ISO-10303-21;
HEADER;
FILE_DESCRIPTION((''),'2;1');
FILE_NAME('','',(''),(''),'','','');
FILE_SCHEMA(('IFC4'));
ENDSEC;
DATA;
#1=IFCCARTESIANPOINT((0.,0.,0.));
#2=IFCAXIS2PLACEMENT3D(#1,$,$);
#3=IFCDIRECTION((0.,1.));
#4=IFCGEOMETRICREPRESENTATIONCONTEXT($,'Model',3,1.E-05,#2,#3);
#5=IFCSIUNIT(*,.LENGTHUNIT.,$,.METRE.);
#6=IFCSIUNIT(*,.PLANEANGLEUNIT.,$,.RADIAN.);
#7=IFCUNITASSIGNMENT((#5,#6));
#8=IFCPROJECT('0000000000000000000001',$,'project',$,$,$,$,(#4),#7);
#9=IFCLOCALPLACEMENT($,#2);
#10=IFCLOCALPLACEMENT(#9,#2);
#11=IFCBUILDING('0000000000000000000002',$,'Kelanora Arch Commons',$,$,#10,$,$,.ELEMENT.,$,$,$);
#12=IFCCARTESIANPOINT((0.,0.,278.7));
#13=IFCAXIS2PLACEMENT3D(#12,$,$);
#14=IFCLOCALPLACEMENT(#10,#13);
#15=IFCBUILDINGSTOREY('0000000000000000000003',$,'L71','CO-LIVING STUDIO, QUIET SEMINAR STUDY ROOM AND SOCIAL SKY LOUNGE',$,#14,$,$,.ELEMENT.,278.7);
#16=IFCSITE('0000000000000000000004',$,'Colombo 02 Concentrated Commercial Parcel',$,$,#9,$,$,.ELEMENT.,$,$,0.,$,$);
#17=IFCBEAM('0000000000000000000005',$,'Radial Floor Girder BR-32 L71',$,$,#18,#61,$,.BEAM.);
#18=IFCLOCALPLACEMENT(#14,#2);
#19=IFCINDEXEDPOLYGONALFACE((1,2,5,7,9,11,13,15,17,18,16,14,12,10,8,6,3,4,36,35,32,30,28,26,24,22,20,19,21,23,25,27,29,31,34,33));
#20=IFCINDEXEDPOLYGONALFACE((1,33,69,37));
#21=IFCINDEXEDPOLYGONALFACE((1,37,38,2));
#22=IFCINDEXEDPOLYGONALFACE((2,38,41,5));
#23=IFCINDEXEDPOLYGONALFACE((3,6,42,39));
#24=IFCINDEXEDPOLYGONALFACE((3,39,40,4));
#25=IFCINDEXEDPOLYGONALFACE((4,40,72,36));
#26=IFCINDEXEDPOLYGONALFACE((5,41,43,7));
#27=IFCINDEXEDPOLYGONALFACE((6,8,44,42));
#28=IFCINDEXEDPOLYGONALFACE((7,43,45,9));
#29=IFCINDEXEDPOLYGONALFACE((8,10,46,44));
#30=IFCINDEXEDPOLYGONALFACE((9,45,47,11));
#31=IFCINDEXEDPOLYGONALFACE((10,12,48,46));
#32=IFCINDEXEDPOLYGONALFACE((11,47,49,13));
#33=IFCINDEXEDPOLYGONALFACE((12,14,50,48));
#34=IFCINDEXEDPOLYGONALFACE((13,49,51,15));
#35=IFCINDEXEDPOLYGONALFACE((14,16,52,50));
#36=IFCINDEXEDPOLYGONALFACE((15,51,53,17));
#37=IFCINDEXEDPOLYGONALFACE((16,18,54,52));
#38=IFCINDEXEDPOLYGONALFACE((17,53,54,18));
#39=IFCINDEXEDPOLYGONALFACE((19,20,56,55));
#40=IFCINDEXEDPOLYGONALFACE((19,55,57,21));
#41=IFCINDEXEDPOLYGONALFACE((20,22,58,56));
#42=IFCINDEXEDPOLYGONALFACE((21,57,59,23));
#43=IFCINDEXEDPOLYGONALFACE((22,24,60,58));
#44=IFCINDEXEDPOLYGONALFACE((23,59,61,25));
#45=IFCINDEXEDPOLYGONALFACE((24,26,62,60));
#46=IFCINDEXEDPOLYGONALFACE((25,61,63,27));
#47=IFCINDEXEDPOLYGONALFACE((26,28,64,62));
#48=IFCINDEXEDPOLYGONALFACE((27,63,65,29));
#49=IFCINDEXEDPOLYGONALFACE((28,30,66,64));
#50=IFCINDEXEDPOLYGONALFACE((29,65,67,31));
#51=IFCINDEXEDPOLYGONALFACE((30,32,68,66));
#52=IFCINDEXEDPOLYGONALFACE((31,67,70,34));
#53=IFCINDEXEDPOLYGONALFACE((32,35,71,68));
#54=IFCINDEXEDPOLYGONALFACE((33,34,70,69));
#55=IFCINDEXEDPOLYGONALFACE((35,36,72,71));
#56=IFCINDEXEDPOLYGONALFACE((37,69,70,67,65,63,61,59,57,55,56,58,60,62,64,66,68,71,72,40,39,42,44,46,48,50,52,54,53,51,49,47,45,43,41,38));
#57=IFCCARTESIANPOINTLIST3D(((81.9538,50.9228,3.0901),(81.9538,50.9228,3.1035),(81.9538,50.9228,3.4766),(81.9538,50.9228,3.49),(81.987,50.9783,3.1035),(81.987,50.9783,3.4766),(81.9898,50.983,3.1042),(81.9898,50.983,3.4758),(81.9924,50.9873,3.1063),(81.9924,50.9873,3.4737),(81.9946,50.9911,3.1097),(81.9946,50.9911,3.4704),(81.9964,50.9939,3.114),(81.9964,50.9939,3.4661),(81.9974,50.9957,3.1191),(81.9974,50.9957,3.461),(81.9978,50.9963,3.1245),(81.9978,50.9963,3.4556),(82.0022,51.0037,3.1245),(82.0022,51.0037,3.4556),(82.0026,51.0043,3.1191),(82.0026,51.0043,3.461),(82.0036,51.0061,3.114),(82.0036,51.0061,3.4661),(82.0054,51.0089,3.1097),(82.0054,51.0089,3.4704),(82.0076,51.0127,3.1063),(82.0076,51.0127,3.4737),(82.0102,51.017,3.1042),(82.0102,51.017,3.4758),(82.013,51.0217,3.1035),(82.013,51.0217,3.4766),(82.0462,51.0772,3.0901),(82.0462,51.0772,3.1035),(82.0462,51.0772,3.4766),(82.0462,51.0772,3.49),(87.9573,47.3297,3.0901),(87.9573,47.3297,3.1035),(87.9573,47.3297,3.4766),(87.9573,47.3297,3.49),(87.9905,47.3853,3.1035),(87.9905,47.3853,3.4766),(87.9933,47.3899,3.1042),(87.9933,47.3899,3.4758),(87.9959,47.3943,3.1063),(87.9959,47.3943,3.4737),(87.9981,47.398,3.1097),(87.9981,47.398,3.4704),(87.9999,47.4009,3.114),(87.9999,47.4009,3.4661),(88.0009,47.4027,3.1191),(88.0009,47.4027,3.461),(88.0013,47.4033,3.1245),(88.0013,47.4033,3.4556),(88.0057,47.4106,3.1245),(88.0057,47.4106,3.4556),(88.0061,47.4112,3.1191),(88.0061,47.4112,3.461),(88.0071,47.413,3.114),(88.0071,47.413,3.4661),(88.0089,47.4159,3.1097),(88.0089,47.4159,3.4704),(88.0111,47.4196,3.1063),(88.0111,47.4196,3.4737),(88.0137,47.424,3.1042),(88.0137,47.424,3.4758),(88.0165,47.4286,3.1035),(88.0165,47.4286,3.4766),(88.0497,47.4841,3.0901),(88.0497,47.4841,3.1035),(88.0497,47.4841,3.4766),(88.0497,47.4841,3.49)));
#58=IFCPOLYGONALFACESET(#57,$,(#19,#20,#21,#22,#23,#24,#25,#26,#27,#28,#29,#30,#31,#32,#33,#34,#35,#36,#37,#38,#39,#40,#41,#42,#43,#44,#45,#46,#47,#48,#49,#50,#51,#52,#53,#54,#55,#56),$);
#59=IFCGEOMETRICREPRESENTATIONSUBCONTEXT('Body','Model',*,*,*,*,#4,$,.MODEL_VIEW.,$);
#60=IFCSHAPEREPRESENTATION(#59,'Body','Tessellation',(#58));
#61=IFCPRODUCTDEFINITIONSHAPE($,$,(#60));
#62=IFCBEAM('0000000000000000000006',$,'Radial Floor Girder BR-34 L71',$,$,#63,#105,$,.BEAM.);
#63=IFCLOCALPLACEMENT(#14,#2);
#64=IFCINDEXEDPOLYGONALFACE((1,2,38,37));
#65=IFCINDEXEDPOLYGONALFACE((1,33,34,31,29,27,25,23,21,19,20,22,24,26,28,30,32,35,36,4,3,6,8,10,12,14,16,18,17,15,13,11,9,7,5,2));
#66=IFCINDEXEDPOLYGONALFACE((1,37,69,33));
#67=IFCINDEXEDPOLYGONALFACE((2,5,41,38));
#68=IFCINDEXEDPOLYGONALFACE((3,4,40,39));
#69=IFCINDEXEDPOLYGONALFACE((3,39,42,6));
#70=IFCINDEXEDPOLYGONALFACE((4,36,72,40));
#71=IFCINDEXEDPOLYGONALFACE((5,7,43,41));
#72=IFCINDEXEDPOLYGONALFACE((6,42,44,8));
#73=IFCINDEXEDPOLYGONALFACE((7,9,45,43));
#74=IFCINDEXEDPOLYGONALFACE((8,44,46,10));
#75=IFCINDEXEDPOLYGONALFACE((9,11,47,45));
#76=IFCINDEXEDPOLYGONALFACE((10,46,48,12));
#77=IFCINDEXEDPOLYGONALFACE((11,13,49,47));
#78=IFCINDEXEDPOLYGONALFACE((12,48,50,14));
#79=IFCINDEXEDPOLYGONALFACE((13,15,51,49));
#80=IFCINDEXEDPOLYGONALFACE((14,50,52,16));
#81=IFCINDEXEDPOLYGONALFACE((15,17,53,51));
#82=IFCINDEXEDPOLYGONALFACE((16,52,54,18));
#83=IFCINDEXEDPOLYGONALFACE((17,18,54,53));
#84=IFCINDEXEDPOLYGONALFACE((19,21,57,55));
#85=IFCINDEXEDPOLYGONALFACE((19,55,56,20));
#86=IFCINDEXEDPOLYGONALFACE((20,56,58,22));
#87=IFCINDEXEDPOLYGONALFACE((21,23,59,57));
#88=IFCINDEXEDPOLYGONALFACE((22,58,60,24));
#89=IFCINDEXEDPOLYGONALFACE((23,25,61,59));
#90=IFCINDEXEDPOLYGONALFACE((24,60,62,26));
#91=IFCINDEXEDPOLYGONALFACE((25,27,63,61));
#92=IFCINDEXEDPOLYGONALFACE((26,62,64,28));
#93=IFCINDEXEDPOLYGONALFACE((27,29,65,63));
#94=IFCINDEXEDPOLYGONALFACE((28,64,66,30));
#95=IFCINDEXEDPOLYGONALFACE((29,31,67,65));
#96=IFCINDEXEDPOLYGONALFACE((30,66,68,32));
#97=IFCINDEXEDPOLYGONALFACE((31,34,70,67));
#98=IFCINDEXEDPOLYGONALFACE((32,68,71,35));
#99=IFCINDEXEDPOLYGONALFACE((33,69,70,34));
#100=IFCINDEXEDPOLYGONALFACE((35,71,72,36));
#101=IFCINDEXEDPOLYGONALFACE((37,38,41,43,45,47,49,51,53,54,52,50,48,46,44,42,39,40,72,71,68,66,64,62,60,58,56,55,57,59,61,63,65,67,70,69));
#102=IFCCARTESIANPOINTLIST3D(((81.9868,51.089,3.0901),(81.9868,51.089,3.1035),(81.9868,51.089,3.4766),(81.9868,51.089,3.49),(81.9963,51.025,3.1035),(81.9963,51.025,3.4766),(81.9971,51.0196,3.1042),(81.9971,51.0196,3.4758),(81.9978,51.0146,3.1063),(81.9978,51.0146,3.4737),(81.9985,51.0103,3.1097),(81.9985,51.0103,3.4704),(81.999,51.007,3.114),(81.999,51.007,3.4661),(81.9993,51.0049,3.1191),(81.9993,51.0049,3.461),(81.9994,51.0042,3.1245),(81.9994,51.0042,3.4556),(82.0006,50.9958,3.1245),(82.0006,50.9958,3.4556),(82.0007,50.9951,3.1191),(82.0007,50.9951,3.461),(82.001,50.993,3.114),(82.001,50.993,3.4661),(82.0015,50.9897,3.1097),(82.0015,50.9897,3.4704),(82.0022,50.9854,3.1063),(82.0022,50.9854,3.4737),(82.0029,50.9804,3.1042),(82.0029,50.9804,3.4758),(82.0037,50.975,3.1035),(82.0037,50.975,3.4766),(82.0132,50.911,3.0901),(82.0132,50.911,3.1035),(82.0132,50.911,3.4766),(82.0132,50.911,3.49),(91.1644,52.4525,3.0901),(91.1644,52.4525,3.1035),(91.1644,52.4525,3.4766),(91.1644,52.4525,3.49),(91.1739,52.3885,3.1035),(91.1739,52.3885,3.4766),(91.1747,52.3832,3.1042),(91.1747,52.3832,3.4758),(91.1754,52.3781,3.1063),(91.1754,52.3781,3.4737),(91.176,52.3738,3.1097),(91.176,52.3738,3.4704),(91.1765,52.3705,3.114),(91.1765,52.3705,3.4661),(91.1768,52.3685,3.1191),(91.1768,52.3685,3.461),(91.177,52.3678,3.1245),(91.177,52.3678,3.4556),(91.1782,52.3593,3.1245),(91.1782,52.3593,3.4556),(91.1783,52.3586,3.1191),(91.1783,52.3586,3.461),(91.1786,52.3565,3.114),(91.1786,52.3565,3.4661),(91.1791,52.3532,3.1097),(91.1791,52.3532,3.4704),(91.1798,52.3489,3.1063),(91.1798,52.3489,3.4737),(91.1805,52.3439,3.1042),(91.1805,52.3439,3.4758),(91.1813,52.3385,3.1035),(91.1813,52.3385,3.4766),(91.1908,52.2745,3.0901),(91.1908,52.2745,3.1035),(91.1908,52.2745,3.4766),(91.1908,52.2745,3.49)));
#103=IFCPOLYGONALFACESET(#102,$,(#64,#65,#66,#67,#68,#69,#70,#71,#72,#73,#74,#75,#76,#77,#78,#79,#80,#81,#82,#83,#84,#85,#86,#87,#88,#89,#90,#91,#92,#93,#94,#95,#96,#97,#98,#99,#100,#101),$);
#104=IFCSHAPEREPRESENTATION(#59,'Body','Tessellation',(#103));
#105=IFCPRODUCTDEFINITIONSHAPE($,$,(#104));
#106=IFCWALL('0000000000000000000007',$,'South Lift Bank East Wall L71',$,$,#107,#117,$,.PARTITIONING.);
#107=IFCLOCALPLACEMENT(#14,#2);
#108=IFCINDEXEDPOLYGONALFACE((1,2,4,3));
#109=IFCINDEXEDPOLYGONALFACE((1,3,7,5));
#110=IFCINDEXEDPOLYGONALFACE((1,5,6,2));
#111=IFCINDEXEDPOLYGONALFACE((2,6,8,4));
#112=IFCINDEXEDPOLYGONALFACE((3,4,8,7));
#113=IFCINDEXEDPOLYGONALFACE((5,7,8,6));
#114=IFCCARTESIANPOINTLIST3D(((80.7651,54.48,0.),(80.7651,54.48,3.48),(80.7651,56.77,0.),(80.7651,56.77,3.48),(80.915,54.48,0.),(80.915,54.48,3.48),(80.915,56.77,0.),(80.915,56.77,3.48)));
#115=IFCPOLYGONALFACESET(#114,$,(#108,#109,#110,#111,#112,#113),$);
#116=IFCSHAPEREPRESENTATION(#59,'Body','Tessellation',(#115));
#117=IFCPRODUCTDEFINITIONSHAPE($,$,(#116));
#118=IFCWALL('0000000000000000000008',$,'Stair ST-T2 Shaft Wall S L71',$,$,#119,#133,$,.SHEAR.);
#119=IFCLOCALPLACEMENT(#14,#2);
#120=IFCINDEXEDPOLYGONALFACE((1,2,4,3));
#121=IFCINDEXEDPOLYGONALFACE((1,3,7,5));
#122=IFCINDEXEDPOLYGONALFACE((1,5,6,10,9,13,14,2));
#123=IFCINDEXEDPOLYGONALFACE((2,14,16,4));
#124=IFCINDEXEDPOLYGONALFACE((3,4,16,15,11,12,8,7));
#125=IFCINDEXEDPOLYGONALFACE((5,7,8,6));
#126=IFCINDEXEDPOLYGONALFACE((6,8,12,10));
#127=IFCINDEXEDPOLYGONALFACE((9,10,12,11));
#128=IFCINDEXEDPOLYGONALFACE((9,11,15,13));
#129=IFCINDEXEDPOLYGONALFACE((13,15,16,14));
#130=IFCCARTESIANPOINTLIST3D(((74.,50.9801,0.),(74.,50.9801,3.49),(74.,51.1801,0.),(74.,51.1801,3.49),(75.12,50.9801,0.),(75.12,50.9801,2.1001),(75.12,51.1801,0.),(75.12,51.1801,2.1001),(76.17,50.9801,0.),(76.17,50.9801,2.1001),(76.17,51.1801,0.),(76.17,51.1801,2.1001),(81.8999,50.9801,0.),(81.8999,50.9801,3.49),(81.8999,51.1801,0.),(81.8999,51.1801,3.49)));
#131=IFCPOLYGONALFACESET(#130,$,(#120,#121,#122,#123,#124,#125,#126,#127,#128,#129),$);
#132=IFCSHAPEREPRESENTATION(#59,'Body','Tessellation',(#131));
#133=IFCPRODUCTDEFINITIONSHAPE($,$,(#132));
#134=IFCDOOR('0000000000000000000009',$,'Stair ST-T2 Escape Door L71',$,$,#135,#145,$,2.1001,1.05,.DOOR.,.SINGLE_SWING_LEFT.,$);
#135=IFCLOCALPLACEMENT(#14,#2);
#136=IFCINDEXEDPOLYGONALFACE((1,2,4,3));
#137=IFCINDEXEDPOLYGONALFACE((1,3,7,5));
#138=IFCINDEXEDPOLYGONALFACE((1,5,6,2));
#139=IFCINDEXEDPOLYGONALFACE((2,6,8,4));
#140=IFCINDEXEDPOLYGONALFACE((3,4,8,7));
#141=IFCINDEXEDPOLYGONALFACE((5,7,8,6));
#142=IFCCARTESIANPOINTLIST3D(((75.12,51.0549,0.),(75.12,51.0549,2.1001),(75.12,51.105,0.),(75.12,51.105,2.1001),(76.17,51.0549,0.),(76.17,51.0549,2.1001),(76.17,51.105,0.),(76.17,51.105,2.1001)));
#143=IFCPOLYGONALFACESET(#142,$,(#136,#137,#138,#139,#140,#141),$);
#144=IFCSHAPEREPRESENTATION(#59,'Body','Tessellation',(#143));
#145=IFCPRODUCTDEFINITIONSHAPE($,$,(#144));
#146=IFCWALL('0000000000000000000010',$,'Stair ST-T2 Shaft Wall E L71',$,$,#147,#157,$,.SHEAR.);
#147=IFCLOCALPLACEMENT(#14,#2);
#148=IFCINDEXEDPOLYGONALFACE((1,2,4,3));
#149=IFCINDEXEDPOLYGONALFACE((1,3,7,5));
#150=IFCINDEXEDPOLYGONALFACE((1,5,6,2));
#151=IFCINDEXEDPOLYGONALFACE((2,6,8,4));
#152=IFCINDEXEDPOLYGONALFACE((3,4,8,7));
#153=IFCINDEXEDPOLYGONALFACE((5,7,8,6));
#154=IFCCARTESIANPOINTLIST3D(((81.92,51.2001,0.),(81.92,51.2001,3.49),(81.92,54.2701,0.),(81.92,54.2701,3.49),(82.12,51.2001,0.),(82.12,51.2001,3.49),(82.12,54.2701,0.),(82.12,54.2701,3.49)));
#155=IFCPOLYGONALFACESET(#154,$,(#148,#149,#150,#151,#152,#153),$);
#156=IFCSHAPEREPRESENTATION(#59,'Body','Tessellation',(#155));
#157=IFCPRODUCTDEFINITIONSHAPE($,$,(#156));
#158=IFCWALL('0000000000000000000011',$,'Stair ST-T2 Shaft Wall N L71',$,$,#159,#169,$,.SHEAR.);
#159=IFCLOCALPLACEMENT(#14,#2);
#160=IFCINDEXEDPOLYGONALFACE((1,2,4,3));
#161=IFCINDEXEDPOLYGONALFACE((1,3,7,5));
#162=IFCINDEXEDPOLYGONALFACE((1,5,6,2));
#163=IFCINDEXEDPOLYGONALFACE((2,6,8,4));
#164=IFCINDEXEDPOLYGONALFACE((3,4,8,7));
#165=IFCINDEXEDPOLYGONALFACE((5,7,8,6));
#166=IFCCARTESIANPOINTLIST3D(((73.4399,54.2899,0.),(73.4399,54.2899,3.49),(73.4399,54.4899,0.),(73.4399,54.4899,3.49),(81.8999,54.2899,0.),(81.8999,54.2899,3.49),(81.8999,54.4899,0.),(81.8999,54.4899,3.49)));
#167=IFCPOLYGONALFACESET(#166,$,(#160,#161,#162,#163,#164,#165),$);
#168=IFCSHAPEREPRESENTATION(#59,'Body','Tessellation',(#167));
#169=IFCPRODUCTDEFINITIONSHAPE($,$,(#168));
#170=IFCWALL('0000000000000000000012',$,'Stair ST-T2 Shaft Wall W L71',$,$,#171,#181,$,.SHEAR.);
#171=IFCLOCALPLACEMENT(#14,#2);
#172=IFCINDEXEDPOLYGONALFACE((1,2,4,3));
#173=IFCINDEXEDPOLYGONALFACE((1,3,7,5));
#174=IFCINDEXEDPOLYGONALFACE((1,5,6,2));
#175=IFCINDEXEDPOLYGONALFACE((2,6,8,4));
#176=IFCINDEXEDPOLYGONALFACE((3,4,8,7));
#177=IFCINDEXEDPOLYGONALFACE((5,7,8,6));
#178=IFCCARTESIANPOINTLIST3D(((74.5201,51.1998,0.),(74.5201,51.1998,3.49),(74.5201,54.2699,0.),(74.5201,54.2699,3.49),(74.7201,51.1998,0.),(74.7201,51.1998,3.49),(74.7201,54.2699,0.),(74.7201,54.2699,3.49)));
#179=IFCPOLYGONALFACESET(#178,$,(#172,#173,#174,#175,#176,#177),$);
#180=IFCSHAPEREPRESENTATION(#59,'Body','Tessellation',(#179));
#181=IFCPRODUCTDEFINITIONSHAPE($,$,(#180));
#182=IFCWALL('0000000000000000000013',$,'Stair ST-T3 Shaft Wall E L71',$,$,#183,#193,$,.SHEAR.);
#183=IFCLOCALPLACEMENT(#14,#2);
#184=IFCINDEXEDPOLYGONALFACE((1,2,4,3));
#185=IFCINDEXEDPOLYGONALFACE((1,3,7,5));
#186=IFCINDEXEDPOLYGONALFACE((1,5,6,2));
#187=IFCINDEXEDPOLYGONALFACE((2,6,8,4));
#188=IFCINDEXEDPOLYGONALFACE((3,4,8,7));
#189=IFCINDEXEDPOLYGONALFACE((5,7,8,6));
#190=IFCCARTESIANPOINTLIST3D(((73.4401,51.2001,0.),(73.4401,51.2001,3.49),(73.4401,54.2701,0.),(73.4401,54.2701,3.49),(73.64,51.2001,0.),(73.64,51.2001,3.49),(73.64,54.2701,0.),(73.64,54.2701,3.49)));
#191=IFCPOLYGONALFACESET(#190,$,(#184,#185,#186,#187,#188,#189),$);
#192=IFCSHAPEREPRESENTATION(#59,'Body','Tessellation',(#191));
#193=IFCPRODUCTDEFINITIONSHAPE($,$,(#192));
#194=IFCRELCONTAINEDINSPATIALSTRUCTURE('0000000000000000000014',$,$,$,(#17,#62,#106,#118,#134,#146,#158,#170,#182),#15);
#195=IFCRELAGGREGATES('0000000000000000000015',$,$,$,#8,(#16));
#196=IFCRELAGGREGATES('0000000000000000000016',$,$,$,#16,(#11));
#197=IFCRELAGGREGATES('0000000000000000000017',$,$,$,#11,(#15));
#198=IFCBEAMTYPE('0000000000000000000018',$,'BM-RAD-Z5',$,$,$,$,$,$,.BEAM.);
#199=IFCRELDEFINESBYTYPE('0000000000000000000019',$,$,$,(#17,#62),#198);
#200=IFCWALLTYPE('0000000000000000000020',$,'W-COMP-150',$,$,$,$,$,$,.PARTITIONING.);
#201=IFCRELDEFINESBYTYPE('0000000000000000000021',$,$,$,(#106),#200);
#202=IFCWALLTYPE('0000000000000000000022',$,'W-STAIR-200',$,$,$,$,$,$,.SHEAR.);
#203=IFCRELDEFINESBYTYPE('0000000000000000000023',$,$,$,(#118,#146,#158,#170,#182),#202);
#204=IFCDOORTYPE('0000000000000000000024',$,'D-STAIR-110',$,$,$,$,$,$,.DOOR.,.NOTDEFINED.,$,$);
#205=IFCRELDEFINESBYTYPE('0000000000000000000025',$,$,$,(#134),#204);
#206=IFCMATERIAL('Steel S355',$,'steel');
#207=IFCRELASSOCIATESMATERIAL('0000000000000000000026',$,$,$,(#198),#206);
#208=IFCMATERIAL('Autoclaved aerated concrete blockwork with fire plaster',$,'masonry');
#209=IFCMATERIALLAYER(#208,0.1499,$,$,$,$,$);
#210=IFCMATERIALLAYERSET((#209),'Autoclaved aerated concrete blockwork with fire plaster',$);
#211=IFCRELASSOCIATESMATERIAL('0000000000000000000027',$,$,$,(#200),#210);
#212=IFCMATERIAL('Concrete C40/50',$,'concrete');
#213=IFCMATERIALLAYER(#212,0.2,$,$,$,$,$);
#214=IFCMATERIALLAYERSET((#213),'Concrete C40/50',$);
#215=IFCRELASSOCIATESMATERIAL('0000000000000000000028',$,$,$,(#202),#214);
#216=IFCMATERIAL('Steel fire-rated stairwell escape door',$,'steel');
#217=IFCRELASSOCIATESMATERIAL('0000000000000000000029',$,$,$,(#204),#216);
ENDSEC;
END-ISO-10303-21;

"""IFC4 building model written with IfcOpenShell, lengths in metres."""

from ifc_helpers import new_model, si_unit, direction, frame, frame_2d, origin, origin_2d, place, context, subcontext, project, spatial, rectangle, i_section, extrude, material, layer, layer_set, material_profile, profile_set, type_object, element, fill, save


model = new_model("IFC4")

# Units and contexts
model_context = context("Model", 3, precision=1e-05, world=origin(), true_north=direction((0.0, 1.0)))
body_context = subcontext(model_context, "Body", "Model", "MODEL_VIEW")
ifc_project = project(units=[si_unit("LENGTHUNIT", "METRE"), si_unit("PLANEANGLEUNIT", "RADIAN")], contexts=[model_context])

# Site, building, storey
site_placement = place(None, origin())
site = spatial("IfcSite", under=ifc_project, at=site_placement, Name="Colombo 02 Concentrated Commercial Parcel", CompositionType="ELEMENT", RefElevation=0.0)
building_placement = place(site_placement, origin())
building = spatial("IfcBuilding", under=site, at=building_placement, Name="Kelanora Arch Commons", CompositionType="ELEMENT")
storey_placement = place(building_placement, frame((0.0, 0.0, 278.7)))
storey = spatial("IfcBuildingStorey", under=building, at=storey_placement, Name="L71", Description="CO-LIVING STUDIO, QUIET SEMINAR STUDY ROOM AND SOCIAL SKY LOUNGE", CompositionType="ELEMENT", Elevation=278.7)

# Beams
ifc_material_1 = material(Name="Steel S355", Category="steel")
ifc_material_profile_1 = material_profile(ifc_material_1, i_section(OverallWidth=0.1799, OverallDepth=0.3999, WebThickness=0.0085, FlangeThickness=0.0134, FilletRadius=0.021, at=origin_2d()), Name="IPE400")
ifc_profile_set_1 = profile_set([ifc_material_profile_1], Name="Steel S355")
beam_type_1 = type_object("IfcBeamType", Name="BM-RAD-Z5", PredefinedType="BEAM", material=ifc_profile_set_1)
beam_1_placement = place(storey_placement, frame((82.0, 51.0, 3.29), z_axis=(0.858062, -0.513546, 0.0), x_axis=(0.513546, 0.858062, 0.0)))
element("IfcBeam", 1, at=beam_1_placement, inside=storey, type_object=beam_type_1, Name="Radial Floor Girder BR-32 L71", PredefinedType="BEAM", context=body_context, shape_type="SweptSolid", body=[
    extrude(i_section(OverallWidth=0.1799, OverallDepth=0.3999, WebThickness=0.0085, FlangeThickness=0.0134, FilletRadius=0.021, at=origin_2d()), origin(), (0.0, 0.0, 1.0), 6.9966),
])
beam_2_placement = place(storey_placement, frame((82.0, 51.0, 3.29), z_axis=(0.989142, 0.14696, 0.0), x_axis=(-0.14696, 0.989142, 0.0)))
element("IfcBeam", 2, at=beam_2_placement, inside=storey, type_object=beam_type_1, Name="Radial Floor Girder BR-34 L71", PredefinedType="BEAM", context=body_context, shape_type="SweptSolid", body=[
    extrude(i_section(OverallWidth=0.1799, OverallDepth=0.3999, WebThickness=0.0085, FlangeThickness=0.0134, FilletRadius=0.021, at=origin_2d()), origin(), (0.0, 0.0, 1.0), 9.2783),
])

# Wall
ifc_material_2 = material(Name="Autoclaved aerated concrete blockwork with fire plaster", Category="masonry")
ifc_layer_1 = layer(ifc_material_2, 0.1499)
ifc_layer_set_1 = layer_set([ifc_layer_1], Name="Autoclaved aerated concrete blockwork with fire plaster")
wall_type_1 = type_object("IfcWallType", Name="W-COMP-150", PredefinedType="PARTITIONING", material=ifc_layer_set_1)
wall_1_placement = place(storey_placement, frame((80.8401, 54.48, 0.0), z_axis=(0.0, 0.0, 1.0), x_axis=(0.0, 1.0, 0.0)))
element("IfcWall", 3, at=wall_1_placement, inside=storey, type_object=wall_type_1, Name="South Lift Bank East Wall L71", PredefinedType="PARTITIONING", context=body_context, shape_type="SweptSolid", body=[
    extrude(rectangle(XDim=2.29, YDim=0.1499, at=frame_2d((1.145, 0.0))), origin(), (0.0, 0.0, 1.0), 3.48),
])

# Wall, opening, door
ifc_material_3 = material(Name="Concrete C40/50", Category="concrete")
ifc_layer_2 = layer(ifc_material_3, 0.2)
ifc_layer_set_2 = layer_set([ifc_layer_2], Name="Concrete C40/50")
wall_type_2 = type_object("IfcWallType", Name="W-STAIR-200", PredefinedType="SHEAR", material=ifc_layer_set_2)
wall_2_placement = place(storey_placement, frame((74.0, 51.0801, 0.0), z_axis=(0.0, 0.0, 1.0), x_axis=(1.0, 0.0, 0.0)))
wall_2 = element("IfcWall", 4, at=wall_2_placement, inside=storey, type_object=wall_type_2, Name="Stair ST-T2 Shaft Wall S L71", PredefinedType="SHEAR", context=body_context, shape_type="SweptSolid", body=[
    extrude(rectangle(XDim=7.8999, YDim=0.2, at=frame_2d((3.95, 0.0))), origin(), (0.0, 0.0, 1.0), 3.49),
])
opening_placement = place(wall_2_placement, frame((1.1201, 0.0, 0.0)))
opening = element("IfcOpeningElement", 5, at=opening_placement, cuts=wall_2, PredefinedType="OPENING", context=body_context, shape_type="SweptSolid", body=[
    extrude(rectangle(XDim=1.05, YDim=2.1001, at=frame_2d((0.5249, 1.05))), frame((0.0, 0.1099, 0.0), z_axis=(0.0, -1.0, 0.0), x_axis=(1.0, 0.0, 0.0)), (0.0, 0.0, 1.0), 0.22),
])
ifc_material_4 = material(Name="Steel fire-rated stairwell escape door", Category="steel")
door_type = type_object("IfcDoorType", Name="D-STAIR-110", OperationType="NOTDEFINED", PredefinedType="DOOR", material=ifc_material_4)
door_placement = place(opening_placement, origin())
door = element("IfcDoor", 6, at=door_placement, inside=storey, type_object=door_type, Name="Stair ST-T2 Escape Door L71", OperationType="SINGLE_SWING_LEFT", OverallHeight=2.1001, OverallWidth=1.05, PredefinedType="DOOR", context=body_context, shape_type="SweptSolid", body=[
    extrude(rectangle(XDim=1.05, YDim=2.1001, at=frame_2d((0.5249, 1.05))), frame((0.0, 0.0249, 0.0), z_axis=(0.0, -1.0, 0.0), x_axis=(1.0, 0.0, 0.0)), (0.0, 0.0, 1.0), 0.05),
])
fill(opening, door)

# Walls
wall_3_placement = place(storey_placement, frame((82.02, 51.2, 0.0), z_axis=(0.0, 0.0, 1.0), x_axis=(0.0, 1.0, 0.0)))
element("IfcWall", 7, at=wall_3_placement, inside=storey, type_object=wall_type_2, Name="Stair ST-T2 Shaft Wall E L71", PredefinedType="SHEAR", context=body_context, shape_type="SweptSolid", body=[
    extrude(rectangle(XDim=3.0701, YDim=0.2, at=frame_2d((1.5352, 0.0))), origin(), (0.0, 0.0, 1.0), 3.49),
])
wall_4_placement = place(storey_placement, frame((81.8999, 54.3899, 0.0), z_axis=(0.0, 0.0, 1.0), x_axis=(-1.0, 0.0, 0.0)))
element("IfcWall", 8, at=wall_4_placement, inside=storey, type_object=wall_type_2, Name="Stair ST-T2 Shaft Wall N L71", PredefinedType="SHEAR", context=body_context, shape_type="SweptSolid", body=[
    extrude(rectangle(XDim=8.46, YDim=0.2, at=frame_2d((4.23, 0.0))), origin(), (0.0, 0.0, 1.0), 3.49),
])
for number, where, z_axis, x_axis, name in (
    (9, (74.6201, 54.27, 0.0), (0.0, 0.0, 1.0), (0.0, -1.0, 0.0), "Stair ST-T2 Shaft Wall W L71"),
    (10, (73.54, 51.2, 0.0), (0.0, 0.0, 1.0), (0.0, 1.0, 0.0), "Stair ST-T3 Shaft Wall E L71"),
):
    element("IfcWall", number, at=place(storey_placement, frame(where, z_axis=z_axis, x_axis=x_axis)), inside=storey, type_object=wall_type_2, Name=name, PredefinedType="SHEAR", context=body_context, shape_type="SweptSolid", body=[
        extrude(rectangle(XDim=3.0701, YDim=0.2, at=frame_2d((1.5352, 0.0))), origin(), (0.0, 0.0, 1.0), 3.49),
    ])

save(model, "model.ifc")
